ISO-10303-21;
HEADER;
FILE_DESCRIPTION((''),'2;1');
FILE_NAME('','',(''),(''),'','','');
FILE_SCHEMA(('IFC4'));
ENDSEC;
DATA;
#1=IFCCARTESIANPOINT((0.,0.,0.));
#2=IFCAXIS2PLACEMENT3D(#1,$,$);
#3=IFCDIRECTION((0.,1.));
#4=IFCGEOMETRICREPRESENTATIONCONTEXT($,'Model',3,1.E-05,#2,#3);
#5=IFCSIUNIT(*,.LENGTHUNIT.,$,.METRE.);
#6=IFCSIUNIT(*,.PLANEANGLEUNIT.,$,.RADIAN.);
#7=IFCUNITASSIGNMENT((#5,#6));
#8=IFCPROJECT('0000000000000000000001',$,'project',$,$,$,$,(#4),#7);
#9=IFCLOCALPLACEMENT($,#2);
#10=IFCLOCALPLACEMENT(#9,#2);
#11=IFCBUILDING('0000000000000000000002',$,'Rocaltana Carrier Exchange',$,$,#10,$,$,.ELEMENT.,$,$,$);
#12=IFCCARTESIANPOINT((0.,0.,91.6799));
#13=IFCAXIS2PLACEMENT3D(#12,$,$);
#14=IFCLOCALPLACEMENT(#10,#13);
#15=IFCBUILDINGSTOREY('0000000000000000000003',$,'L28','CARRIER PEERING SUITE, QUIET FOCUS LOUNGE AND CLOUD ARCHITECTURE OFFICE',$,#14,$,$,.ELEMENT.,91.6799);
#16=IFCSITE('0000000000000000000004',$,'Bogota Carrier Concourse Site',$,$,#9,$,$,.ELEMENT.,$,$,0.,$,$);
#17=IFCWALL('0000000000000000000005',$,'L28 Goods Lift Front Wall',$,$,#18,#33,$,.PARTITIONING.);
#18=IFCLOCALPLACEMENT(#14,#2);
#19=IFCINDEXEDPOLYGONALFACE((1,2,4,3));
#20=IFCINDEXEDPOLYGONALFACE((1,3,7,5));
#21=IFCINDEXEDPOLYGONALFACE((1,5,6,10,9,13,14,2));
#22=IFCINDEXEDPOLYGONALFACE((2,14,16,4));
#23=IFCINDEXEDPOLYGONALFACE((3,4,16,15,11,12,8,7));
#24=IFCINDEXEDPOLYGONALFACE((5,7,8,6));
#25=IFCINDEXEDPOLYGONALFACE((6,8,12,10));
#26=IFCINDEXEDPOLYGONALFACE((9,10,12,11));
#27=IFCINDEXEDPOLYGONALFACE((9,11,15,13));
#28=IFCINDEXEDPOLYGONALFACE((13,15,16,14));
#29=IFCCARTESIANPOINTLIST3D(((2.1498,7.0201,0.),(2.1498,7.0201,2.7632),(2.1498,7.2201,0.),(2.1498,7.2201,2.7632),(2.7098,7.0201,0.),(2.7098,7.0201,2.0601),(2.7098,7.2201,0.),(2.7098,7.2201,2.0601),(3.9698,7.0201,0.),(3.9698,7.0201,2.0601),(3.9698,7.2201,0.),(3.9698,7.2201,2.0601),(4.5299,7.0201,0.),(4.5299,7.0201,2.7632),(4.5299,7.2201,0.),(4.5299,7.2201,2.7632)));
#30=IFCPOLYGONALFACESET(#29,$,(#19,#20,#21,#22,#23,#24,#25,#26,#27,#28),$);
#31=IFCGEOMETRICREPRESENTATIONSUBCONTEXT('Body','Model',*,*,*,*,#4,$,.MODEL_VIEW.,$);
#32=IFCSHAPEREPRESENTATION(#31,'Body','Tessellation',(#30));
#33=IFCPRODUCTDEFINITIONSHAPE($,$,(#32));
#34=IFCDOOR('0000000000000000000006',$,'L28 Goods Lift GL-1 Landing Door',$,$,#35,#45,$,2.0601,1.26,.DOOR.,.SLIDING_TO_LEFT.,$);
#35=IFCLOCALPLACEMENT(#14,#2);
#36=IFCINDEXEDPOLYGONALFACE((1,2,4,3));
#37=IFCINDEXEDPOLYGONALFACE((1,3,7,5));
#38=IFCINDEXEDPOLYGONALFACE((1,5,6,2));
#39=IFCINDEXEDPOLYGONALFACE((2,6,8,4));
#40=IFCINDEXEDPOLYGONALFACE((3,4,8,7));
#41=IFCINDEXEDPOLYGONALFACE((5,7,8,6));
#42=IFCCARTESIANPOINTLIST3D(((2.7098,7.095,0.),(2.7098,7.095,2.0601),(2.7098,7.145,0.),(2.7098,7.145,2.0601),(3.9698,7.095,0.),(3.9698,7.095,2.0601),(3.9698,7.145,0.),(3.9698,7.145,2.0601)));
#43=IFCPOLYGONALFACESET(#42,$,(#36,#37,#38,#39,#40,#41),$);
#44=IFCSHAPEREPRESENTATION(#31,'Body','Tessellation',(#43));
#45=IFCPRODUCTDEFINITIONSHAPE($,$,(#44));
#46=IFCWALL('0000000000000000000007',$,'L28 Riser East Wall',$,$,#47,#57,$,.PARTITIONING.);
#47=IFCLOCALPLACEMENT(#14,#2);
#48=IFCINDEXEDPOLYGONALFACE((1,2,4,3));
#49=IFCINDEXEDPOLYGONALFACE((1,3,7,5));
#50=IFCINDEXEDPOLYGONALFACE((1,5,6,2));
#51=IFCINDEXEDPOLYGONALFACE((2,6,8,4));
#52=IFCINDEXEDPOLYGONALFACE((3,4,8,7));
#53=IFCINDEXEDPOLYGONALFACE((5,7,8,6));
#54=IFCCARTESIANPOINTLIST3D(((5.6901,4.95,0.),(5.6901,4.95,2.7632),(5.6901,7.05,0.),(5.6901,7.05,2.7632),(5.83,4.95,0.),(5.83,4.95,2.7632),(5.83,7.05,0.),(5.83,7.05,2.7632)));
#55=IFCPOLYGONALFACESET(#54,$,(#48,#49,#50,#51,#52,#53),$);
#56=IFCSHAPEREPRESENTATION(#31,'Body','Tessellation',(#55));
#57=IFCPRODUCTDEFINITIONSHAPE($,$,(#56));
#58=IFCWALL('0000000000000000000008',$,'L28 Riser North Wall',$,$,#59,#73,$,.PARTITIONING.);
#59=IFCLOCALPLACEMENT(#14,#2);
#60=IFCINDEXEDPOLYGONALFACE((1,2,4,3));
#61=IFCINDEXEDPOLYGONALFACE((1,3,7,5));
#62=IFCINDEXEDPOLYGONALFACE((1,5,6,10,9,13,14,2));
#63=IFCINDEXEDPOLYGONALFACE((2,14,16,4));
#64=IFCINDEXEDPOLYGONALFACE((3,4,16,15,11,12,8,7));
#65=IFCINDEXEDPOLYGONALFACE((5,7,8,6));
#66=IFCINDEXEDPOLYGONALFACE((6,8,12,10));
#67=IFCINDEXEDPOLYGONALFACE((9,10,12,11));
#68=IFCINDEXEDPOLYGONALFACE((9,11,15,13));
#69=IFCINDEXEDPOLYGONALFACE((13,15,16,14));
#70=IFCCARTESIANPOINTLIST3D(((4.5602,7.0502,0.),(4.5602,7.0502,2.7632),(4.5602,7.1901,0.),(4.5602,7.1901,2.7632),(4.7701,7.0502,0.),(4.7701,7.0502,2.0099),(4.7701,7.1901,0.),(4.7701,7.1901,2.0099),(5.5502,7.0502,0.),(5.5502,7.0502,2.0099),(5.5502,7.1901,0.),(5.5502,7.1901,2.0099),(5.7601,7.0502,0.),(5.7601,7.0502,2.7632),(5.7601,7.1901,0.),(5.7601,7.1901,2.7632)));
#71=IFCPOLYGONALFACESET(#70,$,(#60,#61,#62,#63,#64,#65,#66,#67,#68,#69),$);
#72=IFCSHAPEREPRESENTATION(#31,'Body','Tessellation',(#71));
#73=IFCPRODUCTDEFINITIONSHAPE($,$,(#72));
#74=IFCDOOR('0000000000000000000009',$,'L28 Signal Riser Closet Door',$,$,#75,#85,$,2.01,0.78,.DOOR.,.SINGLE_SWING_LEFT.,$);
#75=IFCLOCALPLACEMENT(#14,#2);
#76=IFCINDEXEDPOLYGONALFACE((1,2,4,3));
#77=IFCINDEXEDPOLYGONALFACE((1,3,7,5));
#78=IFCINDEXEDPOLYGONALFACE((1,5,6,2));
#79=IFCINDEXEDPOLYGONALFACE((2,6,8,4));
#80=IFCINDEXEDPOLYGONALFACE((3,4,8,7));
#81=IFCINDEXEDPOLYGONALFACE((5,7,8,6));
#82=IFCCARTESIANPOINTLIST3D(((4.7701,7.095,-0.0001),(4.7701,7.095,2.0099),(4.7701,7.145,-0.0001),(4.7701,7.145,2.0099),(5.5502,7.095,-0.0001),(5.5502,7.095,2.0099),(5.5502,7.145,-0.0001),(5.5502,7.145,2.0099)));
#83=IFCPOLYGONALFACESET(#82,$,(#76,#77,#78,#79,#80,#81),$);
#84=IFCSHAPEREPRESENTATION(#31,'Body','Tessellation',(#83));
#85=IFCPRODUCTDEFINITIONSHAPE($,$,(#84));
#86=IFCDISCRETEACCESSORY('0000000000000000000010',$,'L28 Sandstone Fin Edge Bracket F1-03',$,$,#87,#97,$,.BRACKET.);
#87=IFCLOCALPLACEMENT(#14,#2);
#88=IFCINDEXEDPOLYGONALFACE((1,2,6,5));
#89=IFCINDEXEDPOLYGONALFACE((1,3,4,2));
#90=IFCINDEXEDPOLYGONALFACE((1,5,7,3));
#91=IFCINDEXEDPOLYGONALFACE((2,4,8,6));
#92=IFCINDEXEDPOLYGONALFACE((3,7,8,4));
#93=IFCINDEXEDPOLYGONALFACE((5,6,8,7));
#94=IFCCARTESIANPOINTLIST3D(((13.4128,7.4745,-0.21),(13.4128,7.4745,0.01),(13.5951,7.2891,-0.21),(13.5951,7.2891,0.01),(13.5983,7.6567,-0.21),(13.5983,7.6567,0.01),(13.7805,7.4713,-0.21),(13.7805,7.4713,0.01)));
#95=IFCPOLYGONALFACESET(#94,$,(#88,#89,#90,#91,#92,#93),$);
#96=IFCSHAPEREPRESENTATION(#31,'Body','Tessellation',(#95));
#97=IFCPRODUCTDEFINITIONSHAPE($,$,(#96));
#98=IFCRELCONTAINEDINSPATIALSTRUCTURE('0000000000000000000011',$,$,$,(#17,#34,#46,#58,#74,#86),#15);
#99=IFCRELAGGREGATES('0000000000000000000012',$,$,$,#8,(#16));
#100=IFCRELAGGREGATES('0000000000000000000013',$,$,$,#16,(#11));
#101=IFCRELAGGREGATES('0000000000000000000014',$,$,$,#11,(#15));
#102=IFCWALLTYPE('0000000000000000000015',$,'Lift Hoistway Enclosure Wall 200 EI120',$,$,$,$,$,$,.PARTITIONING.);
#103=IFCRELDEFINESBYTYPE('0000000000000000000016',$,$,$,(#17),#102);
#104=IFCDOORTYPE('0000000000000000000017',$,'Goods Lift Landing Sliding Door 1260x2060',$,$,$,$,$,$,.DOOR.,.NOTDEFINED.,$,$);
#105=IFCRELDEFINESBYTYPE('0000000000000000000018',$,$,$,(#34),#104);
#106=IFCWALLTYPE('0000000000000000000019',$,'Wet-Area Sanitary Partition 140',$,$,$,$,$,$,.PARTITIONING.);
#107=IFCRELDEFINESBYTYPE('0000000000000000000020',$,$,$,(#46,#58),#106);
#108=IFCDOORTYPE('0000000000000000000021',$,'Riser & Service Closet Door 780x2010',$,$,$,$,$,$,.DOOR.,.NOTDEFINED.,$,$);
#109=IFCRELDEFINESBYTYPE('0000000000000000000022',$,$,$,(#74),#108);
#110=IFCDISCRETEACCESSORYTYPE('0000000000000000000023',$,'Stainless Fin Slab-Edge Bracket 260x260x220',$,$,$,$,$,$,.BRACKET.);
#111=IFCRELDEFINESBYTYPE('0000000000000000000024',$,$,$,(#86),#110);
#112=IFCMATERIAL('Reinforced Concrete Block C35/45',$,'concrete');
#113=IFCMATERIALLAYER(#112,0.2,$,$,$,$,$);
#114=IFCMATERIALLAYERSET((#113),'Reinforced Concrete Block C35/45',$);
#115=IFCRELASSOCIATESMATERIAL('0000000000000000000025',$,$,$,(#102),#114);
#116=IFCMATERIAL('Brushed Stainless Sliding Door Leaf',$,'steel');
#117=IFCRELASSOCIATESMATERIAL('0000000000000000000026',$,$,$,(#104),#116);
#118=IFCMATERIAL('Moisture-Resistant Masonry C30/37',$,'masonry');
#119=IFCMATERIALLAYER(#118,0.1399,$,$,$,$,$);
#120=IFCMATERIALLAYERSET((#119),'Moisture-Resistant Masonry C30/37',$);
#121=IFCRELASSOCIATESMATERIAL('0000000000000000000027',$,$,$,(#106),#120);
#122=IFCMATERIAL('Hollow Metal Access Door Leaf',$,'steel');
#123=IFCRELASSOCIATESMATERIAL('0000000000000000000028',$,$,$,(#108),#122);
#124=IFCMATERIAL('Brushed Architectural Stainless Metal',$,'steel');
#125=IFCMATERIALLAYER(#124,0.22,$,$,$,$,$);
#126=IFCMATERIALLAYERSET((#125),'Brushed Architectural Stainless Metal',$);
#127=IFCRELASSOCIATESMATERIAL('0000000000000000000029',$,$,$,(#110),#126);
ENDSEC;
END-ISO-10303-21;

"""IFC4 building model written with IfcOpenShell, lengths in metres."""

from ifc_helpers import new_model, si_unit, direction, frame, frame_2d, origin, origin_2d, place, context, subcontext, project, spatial, rectangle, extrude, material, layer, layer_set, type_object, element, fill, save


model = new_model("IFC4")

# Units and contexts
model_context = context("Model", 3, precision=1e-05, world=origin(), true_north=direction((0.0, 1.0)))
body_context = subcontext(model_context, "Body", "Model", "MODEL_VIEW")
ifc_project = project(units=[si_unit("LENGTHUNIT", "METRE"), si_unit("PLANEANGLEUNIT", "RADIAN")], contexts=[model_context])

# Site, building, storey
site_placement = place(None, origin())
site = spatial("IfcSite", under=ifc_project, at=site_placement, Name="Bogota Carrier Concourse Site", CompositionType="ELEMENT", RefElevation=0.0)
building_placement = place(site_placement, origin())
building = spatial("IfcBuilding", under=site, at=building_placement, Name="Rocaltana Carrier Exchange", CompositionType="ELEMENT")
storey_placement = place(building_placement, frame((0.0, 0.0, 91.6799)))
storey = spatial("IfcBuildingStorey", under=building, at=storey_placement, Name="L28", Description="CARRIER PEERING SUITE, QUIET FOCUS LOUNGE AND CLOUD ARCHITECTURE OFFICE", CompositionType="ELEMENT", Elevation=91.6799)

# Shared definitions
ifc_material_1 = material(Name="Reinforced Concrete Block C35/45", Category="concrete")
ifc_layer_1 = layer(ifc_material_1, 0.2)
ifc_layer_set_1 = layer_set([ifc_layer_1], Name="Reinforced Concrete Block C35/45")
wall_type_1 = type_object("IfcWallType", Name="Lift Hoistway Enclosure Wall 200 EI120", PredefinedType="PARTITIONING", material=ifc_layer_set_1)

# Wall, opening, door
wall_1_placement = place(storey_placement, frame((2.1499, 7.1201, 0.0), z_axis=(0.0, 0.0, 1.0), x_axis=(1.0, 0.0, 0.0)))
wall_1 = element("IfcWall", 1, at=wall_1_placement, inside=storey, type_object=wall_type_1, Name="L28 Goods Lift Front Wall", PredefinedType="PARTITIONING", context=body_context, shape_type="SweptSolid", body=[
    extrude(rectangle(XDim=2.3801, YDim=0.2, at=frame_2d((1.1899, 0.0))), origin(), (0.0, 0.0, 1.0), 2.7632),
])
opening_1_placement = place(wall_1_placement, frame((0.5601, 0.0, 0.0)))
opening_1 = element("IfcOpeningElement", 2, at=opening_1_placement, cuts=wall_1, PredefinedType="OPENING", context=body_context, shape_type="SweptSolid", body=[
    extrude(rectangle(XDim=1.26, YDim=2.0601, at=frame_2d((0.6299, 1.03))), frame((0.0, 0.1099, 0.0), z_axis=(0.0, -1.0, 0.0), x_axis=(1.0, 0.0, 0.0)), (0.0, 0.0, 1.0), 0.22),
])
ifc_material_2 = material(Name="Brushed Stainless Sliding Door Leaf", Category="steel")
door_type_1 = type_object("IfcDoorType", Name="Goods Lift Landing Sliding Door 1260x2060", OperationType="NOTDEFINED", PredefinedType="DOOR", material=ifc_material_2)
door_1_placement = place(opening_1_placement, origin())
door_1 = element("IfcDoor", 3, at=door_1_placement, inside=storey, type_object=door_type_1, Name="L28 Goods Lift GL-1 Landing Door", OperationType="SLIDING_TO_LEFT", OverallHeight=2.0601, OverallWidth=1.26, PredefinedType="DOOR", context=body_context, shape_type="SweptSolid", body=[
    extrude(rectangle(XDim=1.26, YDim=2.0601, at=frame_2d((0.6299, 1.03))), frame((0.0, 0.0249, 0.0), z_axis=(0.0, -1.0, 0.0), x_axis=(1.0, 0.0, 0.0)), (0.0, 0.0, 1.0), 0.05),
])
fill(opening_1, door_1)

# Wall
ifc_material_3 = material(Name="Moisture-Resistant Masonry C30/37", Category="masonry")
ifc_layer_2 = layer(ifc_material_3, 0.1399)
ifc_layer_set_2 = layer_set([ifc_layer_2], Name="Moisture-Resistant Masonry C30/37")
wall_type_2 = type_object("IfcWallType", Name="Wet-Area Sanitary Partition 140", PredefinedType="PARTITIONING", material=ifc_layer_set_2)
wall_2_placement = place(storey_placement, frame((5.76, 4.95, 0.0), z_axis=(0.0, 0.0, 1.0), x_axis=(0.0, 1.0, 0.0)))
element("IfcWall", 4, at=wall_2_placement, inside=storey, type_object=wall_type_2, Name="L28 Riser East Wall", PredefinedType="PARTITIONING", context=body_context, shape_type="SweptSolid", body=[
    extrude(rectangle(XDim=2.1001, YDim=0.1399, at=frame_2d((1.05, 0.0))), origin(), (0.0, 0.0, 1.0), 2.7632),
])

# Wall, opening, door
wall_3_placement = place(storey_placement, frame((4.5601, 7.1201, 0.0), z_axis=(0.0, 0.0, 1.0), x_axis=(1.0, 0.0, 0.0)))
wall_3 = element("IfcWall", 5, at=wall_3_placement, inside=storey, type_object=wall_type_2, Name="L28 Riser North Wall", PredefinedType="PARTITIONING", context=body_context, shape_type="SweptSolid", body=[
    extrude(rectangle(XDim=1.2, YDim=0.1399, at=frame_2d((0.6001, 0.0))), origin(), (0.0, 0.0, 1.0), 2.7632),
])
opening_2_placement = place(wall_3_placement, frame((0.21, 0.0, 0.0)))
opening_2 = element("IfcOpeningElement", 6, at=opening_2_placement, cuts=wall_3, PredefinedType="OPENING", context=body_context, shape_type="SweptSolid", body=[
    extrude(rectangle(XDim=0.78, YDim=2.01, at=frame_2d((0.3901, 1.0049))), frame((0.0, 0.0798, 0.0), z_axis=(0.0, -1.0, 0.0), x_axis=(1.0, 0.0, 0.0)), (0.0, 0.0, 1.0), 0.1599),
])
ifc_material_4 = material(Name="Hollow Metal Access Door Leaf", Category="steel")
door_type_2 = type_object("IfcDoorType", Name="Riser & Service Closet Door 780x2010", OperationType="NOTDEFINED", PredefinedType="DOOR", material=ifc_material_4)
door_2_placement = place(opening_2_placement, origin())
door_2 = element("IfcDoor", 7, at=door_2_placement, inside=storey, type_object=door_type_2, Name="L28 Signal Riser Closet Door", OperationType="SINGLE_SWING_LEFT", OverallHeight=2.01, OverallWidth=0.78, PredefinedType="DOOR", context=body_context, shape_type="SweptSolid", body=[
    extrude(rectangle(XDim=0.78, YDim=2.01, at=frame_2d((0.3901, 1.0049))), frame((0.0, 0.0249, 0.0), z_axis=(0.0, -1.0, 0.0), x_axis=(1.0, 0.0, 0.0)), (0.0, 0.0, 1.0), 0.05),
])
fill(opening_2, door_2)

# Discrete accessory
ifc_material_5 = material(Name="Brushed Architectural Stainless Metal", Category="steel")
ifc_layer_3 = layer(ifc_material_5, 0.22)
ifc_layer_set_3 = layer_set([ifc_layer_3], Name="Brushed Architectural Stainless Metal")
discrete_accessory_type = type_object("IfcDiscreteAccessoryType", Name="Stainless Fin Slab-Edge Bracket 260x260x220", PredefinedType="BRACKET", material=ifc_layer_set_3)
discrete_accessory_placement = place(storey_placement, frame((13.5967, 7.4729, -0.21), z_axis=(0.0, 0.0, 1.0), x_axis=(-0.700909, 0.71325, 0.0)))
element("IfcDiscreteAccessory", 8, at=discrete_accessory_placement, inside=storey, type_object=discrete_accessory_type, Name="L28 Sandstone Fin Edge Bracket F1-03", PredefinedType="BRACKET", context=body_context, shape_type="SweptSolid", body=[
    extrude(rectangle(XDim=0.26, YDim=0.26, at=origin_2d()), origin(), (0.0, 0.0, 1.0), 0.22),
])

save(model, "model.ifc")
